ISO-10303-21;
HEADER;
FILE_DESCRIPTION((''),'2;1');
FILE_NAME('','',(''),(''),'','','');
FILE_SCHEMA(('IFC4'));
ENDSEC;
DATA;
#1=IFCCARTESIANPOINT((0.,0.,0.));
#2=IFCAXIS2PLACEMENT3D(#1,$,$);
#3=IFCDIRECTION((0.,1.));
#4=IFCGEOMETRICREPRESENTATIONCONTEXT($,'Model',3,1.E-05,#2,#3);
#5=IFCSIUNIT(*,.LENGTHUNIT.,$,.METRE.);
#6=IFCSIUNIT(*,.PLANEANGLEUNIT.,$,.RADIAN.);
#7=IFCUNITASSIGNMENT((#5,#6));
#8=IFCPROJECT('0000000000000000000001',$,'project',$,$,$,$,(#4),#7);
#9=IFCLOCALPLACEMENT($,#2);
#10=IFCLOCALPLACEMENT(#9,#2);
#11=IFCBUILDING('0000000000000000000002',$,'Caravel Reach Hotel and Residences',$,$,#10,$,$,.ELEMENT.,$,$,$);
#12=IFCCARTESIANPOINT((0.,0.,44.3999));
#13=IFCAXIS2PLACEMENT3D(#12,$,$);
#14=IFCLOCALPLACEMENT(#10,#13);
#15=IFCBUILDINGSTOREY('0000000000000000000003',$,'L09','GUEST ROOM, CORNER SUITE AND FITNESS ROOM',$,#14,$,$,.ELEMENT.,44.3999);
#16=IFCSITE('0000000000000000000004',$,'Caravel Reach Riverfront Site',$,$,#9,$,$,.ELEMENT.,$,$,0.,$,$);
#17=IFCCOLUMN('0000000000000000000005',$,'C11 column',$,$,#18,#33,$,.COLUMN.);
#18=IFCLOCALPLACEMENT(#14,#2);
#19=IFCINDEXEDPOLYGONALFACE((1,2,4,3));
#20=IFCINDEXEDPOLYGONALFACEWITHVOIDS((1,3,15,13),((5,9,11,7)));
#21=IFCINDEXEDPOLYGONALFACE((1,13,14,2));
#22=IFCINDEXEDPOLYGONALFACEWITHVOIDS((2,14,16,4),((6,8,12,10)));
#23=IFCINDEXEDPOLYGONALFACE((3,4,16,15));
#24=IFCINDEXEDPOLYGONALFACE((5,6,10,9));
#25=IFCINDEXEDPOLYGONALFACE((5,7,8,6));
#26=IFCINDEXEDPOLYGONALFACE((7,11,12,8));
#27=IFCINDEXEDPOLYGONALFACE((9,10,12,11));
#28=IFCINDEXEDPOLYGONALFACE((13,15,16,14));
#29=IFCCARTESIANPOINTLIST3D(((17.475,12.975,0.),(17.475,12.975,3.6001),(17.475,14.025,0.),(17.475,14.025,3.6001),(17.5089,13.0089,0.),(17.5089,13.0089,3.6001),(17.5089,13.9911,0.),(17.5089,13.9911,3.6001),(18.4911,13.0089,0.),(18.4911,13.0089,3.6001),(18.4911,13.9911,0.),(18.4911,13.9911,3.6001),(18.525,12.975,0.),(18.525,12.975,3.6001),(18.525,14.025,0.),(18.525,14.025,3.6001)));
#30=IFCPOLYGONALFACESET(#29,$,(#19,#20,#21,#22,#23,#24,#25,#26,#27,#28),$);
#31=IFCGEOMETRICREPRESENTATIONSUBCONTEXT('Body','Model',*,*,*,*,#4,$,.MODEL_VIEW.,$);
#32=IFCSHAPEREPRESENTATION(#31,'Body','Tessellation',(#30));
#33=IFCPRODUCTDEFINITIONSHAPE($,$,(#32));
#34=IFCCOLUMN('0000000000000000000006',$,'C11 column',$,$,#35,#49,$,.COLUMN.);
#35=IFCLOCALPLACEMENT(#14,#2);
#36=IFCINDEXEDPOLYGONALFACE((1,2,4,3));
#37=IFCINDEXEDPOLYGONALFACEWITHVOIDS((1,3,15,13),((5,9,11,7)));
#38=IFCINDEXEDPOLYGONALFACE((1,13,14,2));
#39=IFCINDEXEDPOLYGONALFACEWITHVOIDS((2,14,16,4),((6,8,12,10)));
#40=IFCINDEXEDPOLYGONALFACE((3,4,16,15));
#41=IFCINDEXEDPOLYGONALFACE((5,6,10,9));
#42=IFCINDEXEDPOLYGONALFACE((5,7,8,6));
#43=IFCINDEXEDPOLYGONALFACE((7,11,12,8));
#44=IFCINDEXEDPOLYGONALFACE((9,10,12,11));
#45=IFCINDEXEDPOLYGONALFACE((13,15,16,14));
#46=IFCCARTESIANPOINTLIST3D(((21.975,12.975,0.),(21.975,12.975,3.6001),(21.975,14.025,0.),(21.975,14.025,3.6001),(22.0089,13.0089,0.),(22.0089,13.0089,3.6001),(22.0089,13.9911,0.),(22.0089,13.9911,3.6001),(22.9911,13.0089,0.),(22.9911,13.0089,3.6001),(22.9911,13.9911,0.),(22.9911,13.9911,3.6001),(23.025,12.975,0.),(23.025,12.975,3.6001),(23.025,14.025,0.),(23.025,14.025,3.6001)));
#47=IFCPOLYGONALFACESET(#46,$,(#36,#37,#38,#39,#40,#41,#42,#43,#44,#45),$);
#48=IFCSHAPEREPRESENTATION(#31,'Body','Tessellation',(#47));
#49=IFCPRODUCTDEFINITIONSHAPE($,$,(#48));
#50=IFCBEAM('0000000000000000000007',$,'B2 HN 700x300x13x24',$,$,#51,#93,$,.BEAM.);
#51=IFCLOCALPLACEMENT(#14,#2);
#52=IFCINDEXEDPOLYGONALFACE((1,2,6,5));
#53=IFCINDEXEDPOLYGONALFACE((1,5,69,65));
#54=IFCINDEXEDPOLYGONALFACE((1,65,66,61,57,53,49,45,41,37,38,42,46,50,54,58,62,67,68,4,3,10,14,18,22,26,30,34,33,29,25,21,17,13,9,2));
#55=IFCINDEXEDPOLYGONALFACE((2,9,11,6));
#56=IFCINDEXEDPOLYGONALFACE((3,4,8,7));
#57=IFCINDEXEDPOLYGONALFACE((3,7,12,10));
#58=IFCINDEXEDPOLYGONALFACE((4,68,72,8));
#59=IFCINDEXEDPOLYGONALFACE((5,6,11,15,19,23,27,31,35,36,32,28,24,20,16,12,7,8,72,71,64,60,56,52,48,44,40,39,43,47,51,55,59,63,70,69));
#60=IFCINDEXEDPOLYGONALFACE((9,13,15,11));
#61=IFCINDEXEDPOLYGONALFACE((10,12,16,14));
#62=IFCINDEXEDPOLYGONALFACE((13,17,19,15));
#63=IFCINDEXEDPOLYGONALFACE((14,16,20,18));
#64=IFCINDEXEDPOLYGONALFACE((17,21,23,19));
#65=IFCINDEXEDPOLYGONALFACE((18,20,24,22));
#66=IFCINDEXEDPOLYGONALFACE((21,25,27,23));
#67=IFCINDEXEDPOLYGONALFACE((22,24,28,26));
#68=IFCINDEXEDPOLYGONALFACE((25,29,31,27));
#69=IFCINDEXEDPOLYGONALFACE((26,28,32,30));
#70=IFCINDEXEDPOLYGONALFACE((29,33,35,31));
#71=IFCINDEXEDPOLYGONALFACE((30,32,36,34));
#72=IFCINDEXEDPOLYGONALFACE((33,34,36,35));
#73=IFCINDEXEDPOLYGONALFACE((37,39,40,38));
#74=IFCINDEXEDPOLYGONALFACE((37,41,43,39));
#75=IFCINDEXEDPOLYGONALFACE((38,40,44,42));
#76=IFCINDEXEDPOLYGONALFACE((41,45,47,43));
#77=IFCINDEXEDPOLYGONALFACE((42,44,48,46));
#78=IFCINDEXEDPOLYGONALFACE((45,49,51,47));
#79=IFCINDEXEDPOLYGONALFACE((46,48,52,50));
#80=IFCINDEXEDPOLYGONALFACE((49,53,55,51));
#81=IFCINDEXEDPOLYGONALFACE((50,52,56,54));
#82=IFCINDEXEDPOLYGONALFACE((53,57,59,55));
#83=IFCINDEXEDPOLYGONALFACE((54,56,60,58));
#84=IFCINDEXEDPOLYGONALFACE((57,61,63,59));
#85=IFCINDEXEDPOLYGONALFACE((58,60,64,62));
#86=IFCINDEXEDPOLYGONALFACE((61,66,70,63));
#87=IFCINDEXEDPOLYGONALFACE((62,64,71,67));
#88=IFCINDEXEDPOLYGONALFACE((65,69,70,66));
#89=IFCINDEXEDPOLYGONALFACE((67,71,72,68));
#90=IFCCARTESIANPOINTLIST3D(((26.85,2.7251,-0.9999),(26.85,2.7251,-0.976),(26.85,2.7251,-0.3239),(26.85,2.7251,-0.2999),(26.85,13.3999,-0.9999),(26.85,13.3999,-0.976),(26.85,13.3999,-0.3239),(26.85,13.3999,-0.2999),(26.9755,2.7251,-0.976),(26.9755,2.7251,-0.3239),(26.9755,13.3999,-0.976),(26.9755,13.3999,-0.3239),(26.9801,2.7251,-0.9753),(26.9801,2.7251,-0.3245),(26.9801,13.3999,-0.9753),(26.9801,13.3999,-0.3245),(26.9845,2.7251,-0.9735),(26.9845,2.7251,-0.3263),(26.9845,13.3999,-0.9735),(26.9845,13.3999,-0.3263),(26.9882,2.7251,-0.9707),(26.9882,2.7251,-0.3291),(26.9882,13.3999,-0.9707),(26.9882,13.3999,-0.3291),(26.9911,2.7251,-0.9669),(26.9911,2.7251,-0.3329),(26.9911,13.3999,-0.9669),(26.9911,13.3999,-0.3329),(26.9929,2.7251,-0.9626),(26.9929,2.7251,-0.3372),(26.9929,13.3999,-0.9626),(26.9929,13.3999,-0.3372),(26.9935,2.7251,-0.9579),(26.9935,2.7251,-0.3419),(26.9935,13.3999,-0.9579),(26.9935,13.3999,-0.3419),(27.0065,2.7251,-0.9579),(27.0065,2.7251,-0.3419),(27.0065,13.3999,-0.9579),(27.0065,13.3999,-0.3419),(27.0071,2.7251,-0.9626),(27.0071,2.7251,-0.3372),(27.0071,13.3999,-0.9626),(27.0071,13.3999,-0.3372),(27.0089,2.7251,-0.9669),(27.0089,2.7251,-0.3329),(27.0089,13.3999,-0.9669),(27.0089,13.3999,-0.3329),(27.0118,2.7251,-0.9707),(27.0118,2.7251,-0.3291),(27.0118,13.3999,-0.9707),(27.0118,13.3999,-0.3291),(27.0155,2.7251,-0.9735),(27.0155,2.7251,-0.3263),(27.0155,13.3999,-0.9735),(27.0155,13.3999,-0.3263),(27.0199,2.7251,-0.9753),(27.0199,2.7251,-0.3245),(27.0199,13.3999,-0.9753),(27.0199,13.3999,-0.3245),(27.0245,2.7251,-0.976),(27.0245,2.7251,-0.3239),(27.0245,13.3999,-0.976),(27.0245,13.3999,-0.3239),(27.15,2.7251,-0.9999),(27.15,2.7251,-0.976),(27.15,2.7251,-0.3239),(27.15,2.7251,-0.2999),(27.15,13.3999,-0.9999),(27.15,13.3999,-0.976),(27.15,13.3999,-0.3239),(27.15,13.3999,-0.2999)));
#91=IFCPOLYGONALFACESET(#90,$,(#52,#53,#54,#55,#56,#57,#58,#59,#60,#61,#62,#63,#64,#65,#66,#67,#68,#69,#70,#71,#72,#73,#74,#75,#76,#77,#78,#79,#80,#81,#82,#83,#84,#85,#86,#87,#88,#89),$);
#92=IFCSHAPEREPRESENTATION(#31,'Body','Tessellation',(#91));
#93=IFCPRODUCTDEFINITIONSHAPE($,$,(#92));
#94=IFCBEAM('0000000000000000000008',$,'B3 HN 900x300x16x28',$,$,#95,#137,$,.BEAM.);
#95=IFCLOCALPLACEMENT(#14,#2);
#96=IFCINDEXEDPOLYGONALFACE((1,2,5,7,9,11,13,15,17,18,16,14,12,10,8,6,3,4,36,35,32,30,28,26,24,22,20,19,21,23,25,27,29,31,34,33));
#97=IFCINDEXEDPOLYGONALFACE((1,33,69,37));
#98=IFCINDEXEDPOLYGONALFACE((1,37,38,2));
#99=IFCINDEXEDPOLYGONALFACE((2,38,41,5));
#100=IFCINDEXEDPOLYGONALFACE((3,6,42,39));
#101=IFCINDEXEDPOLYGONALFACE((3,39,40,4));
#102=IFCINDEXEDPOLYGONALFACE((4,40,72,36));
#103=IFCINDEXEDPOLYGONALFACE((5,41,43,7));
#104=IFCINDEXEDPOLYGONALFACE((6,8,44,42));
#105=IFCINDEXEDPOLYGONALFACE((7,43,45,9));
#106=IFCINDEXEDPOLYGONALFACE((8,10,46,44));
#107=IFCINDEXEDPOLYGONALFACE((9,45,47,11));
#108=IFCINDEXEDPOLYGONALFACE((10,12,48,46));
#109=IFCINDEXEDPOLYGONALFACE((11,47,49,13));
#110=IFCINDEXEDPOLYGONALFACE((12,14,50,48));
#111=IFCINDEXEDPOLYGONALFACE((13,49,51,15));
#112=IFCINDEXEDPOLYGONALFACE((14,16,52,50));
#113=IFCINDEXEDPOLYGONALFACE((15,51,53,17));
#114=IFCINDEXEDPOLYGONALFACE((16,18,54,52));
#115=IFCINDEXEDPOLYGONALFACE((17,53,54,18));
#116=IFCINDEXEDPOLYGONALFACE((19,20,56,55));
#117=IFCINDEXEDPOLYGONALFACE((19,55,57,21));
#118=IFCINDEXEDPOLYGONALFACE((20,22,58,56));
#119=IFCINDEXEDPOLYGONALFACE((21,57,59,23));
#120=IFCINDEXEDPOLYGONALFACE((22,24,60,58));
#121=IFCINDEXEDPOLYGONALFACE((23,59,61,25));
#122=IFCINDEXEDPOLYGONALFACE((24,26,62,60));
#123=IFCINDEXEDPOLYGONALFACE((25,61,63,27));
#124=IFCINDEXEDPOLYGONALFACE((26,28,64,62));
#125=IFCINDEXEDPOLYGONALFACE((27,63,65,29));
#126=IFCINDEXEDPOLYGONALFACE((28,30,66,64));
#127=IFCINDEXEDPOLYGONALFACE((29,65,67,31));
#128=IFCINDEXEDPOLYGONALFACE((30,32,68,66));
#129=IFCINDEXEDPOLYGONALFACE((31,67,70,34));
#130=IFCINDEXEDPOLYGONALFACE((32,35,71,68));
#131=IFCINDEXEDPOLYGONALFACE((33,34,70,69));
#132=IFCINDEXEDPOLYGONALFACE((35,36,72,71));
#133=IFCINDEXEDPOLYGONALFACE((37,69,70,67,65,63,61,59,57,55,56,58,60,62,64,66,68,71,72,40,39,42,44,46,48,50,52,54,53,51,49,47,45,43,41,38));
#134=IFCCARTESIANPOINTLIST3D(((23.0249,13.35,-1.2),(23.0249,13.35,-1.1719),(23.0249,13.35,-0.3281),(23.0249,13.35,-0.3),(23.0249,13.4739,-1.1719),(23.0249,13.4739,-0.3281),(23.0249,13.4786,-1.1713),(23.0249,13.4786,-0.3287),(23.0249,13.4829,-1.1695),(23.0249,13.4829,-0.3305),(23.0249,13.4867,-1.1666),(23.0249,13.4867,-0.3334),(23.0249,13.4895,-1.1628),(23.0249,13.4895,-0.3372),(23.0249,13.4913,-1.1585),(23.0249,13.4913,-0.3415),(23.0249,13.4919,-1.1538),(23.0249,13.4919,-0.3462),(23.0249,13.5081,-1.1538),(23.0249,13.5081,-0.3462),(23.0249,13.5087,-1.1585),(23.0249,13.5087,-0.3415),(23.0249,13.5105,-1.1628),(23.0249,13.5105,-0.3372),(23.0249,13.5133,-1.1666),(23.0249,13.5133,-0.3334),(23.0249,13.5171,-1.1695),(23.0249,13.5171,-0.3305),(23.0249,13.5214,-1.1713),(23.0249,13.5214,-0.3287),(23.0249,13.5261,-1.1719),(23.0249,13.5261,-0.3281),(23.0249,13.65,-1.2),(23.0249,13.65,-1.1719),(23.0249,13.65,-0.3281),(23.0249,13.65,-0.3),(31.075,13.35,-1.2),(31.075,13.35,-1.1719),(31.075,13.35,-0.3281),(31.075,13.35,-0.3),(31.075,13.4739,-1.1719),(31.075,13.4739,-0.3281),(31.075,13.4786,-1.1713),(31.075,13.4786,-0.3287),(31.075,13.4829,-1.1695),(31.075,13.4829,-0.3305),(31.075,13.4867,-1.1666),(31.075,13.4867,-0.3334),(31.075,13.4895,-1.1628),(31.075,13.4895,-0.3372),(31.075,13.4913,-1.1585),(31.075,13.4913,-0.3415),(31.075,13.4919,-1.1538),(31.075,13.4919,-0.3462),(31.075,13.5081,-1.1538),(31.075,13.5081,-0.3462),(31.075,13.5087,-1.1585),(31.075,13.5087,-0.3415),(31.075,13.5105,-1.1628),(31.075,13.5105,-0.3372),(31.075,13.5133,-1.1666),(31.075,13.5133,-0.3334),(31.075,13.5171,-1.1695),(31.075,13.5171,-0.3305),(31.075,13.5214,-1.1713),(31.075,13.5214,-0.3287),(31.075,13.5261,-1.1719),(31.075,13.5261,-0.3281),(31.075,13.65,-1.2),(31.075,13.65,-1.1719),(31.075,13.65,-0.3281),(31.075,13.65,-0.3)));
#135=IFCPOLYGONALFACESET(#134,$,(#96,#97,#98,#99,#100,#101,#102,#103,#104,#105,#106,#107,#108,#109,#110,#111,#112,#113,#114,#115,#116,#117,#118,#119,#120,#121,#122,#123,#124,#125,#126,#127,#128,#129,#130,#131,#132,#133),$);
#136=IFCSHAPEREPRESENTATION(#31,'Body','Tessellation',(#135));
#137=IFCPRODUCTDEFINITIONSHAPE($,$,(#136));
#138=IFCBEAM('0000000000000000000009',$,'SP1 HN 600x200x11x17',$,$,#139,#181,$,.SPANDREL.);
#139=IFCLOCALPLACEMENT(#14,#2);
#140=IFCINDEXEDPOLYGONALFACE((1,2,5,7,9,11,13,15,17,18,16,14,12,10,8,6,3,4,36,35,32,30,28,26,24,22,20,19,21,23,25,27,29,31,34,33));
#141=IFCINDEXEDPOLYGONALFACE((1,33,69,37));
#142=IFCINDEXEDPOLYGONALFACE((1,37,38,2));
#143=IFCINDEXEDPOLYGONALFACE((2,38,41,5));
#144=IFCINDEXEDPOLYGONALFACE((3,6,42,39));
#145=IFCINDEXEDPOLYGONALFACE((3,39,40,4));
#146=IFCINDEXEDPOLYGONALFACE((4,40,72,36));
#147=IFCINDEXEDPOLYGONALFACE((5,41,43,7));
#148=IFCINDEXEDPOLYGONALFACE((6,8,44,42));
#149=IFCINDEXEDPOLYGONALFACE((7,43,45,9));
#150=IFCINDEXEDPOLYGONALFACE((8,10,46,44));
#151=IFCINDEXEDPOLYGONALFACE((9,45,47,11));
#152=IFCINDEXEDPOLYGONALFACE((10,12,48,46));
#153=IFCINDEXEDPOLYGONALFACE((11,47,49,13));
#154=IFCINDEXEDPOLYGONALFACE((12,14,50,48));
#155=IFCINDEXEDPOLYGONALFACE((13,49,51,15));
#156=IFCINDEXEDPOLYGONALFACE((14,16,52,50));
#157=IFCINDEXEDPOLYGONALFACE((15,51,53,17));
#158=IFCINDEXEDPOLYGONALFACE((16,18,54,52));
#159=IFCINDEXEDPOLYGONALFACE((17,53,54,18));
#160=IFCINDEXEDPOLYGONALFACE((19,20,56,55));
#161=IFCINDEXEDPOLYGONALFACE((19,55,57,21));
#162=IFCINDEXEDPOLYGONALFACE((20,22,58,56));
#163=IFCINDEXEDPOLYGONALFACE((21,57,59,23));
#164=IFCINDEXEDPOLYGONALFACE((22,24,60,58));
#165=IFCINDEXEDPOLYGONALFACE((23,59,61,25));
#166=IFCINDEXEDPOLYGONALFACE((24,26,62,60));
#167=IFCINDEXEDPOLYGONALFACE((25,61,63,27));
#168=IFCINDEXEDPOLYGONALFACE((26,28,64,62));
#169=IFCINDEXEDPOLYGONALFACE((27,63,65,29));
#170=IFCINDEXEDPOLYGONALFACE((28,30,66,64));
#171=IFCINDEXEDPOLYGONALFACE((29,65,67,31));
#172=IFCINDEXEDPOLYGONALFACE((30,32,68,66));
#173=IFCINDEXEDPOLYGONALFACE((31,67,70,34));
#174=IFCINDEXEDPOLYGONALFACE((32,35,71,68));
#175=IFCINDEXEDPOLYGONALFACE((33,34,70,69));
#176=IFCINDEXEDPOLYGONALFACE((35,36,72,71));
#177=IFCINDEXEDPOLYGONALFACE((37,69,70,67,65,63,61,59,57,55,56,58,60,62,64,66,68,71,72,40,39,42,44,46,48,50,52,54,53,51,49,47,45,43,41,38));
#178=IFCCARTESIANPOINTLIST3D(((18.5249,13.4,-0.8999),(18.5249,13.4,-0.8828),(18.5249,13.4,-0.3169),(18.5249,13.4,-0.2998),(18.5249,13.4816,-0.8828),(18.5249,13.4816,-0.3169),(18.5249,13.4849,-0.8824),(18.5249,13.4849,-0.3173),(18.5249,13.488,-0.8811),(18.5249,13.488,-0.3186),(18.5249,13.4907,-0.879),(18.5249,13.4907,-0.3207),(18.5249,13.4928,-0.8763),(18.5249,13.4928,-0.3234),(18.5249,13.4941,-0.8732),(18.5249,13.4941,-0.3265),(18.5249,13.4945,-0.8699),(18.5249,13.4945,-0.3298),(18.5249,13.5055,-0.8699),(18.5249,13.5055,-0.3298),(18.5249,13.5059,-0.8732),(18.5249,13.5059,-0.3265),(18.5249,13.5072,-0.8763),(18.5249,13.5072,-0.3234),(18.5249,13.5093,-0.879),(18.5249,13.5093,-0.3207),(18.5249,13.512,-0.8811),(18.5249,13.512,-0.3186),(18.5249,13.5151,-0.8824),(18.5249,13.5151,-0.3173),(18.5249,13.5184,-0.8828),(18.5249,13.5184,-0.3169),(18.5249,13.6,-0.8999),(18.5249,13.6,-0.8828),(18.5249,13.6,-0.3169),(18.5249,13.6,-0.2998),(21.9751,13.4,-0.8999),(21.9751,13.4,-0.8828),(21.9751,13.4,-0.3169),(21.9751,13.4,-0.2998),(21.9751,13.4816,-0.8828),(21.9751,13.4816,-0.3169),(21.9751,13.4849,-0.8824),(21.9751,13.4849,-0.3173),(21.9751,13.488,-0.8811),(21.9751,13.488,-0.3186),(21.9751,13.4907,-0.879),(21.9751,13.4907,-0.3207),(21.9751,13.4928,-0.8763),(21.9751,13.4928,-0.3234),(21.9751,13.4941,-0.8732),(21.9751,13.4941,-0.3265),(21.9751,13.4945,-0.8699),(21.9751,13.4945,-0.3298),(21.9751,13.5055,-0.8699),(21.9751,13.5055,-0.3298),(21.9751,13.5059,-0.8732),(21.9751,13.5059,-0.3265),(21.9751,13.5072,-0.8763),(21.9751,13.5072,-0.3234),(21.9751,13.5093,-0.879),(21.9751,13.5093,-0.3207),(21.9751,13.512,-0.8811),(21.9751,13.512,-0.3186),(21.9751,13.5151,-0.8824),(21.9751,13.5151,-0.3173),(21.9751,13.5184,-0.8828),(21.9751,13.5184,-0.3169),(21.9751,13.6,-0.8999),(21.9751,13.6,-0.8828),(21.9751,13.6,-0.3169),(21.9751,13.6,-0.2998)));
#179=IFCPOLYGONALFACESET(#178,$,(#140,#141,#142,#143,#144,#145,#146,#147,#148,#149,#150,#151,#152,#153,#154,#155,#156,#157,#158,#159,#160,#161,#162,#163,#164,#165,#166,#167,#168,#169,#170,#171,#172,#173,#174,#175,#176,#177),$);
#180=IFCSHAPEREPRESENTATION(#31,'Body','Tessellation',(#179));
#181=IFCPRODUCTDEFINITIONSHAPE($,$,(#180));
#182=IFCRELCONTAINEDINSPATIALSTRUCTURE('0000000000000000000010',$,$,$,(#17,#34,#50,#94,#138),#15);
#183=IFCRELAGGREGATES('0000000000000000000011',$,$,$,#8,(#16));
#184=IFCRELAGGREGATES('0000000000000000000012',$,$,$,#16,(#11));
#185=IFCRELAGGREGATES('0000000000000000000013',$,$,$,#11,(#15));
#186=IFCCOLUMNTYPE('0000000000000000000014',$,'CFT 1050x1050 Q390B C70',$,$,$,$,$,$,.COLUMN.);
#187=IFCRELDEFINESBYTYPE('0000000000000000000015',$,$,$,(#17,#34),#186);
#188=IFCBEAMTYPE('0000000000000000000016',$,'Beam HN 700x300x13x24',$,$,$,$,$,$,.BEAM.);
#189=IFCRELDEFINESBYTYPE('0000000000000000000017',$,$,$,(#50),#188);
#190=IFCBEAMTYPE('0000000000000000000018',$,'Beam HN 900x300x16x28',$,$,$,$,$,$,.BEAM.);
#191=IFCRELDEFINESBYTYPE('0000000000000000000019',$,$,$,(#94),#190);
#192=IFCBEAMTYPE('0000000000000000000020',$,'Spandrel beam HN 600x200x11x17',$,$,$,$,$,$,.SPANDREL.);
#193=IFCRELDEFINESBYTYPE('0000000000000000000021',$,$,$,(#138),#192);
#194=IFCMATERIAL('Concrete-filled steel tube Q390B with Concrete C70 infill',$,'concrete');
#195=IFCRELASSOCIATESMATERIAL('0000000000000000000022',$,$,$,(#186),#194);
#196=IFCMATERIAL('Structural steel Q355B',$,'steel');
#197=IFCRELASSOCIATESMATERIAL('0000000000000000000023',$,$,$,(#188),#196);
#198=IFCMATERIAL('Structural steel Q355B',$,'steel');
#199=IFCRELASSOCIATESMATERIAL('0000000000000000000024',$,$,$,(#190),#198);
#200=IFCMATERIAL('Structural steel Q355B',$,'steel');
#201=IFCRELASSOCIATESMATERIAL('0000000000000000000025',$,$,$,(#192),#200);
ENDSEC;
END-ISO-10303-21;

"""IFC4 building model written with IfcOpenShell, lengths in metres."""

from ifc_helpers import new_model, si_unit, direction, frame, origin, origin_2d, place, context, subcontext, project, spatial, hollow_rectangle, i_section, extrude, material, material_profile, profile_set, type_object, element, save


model = new_model("IFC4")

# Units and contexts
model_context = context("Model", 3, precision=1e-05, world=origin(), true_north=direction((0.0, 1.0)))
body_context = subcontext(model_context, "Body", "Model", "MODEL_VIEW")
ifc_project = project(units=[si_unit("LENGTHUNIT", "METRE"), si_unit("PLANEANGLEUNIT", "RADIAN")], contexts=[model_context])

# Site, building, storey
site_placement = place(None, origin())
site = spatial("IfcSite", under=ifc_project, at=site_placement, Name="Caravel Reach Riverfront Site", CompositionType="ELEMENT", RefElevation=0.0)
building_placement = place(site_placement, origin())
building = spatial("IfcBuilding", under=site, at=building_placement, Name="Caravel Reach Hotel and Residences", CompositionType="ELEMENT")
storey_placement = place(building_placement, frame((0.0, 0.0, 44.3999)))
storey = spatial("IfcBuildingStorey", under=building, at=storey_placement, Name="L09", Description="GUEST ROOM, CORNER SUITE AND FITNESS ROOM", CompositionType="ELEMENT", Elevation=44.3999)

# Columns
ifc_material_1 = material(Name="Concrete-filled steel tube Q390B with Concrete C70 infill", Category="concrete")
ifc_material_profile_1 = material_profile(ifc_material_1, hollow_rectangle(XDim=1.05, YDim=1.05, WallThickness=0.0339, at=origin_2d()), Name="RHS 1050x1050x34")
ifc_profile_set_1 = profile_set([ifc_material_profile_1], Name="Concrete-filled steel tube Q390B with Concrete C70 infill")
column_type = type_object("IfcColumnType", Name="CFT 1050x1050 Q390B C70", PredefinedType="COLUMN", material=ifc_profile_set_1)
for number, where, z_axis, x_axis, name in (
    (1, (18.0, 13.5, 0.0), (0.0, 0.0, 1.0), (1.0, 0.0, 0.0), "C11 column"),
    (2, (22.5, 13.5, 0.0), (0.0, 0.0, 1.0), (1.0, 0.0, 0.0), "C11 column"),
):
    element("IfcColumn", number, at=place(storey_placement, frame(where, z_axis=z_axis, x_axis=x_axis)), inside=storey, type_object=column_type, Name=name, PredefinedType="COLUMN", context=body_context, shape_type="SweptSolid", body=[
        extrude(hollow_rectangle(XDim=1.05, YDim=1.05, WallThickness=0.0339, at=origin_2d()), origin(), (0.0, 0.0, 1.0), 3.6001),
    ])

# Beams
ifc_material_2 = material(Name="Structural steel Q355B", Category="steel")
ifc_material_profile_2 = material_profile(ifc_material_2, i_section(OverallWidth=0.3, OverallDepth=0.7, WebThickness=0.0129, FlangeThickness=0.0239, FilletRadius=0.0181, at=origin_2d()), Name="HN 700x300x13x24")
ifc_profile_set_2 = profile_set([ifc_material_profile_2], Name="Structural steel Q355B")
beam_type_1 = type_object("IfcBeamType", Name="Beam HN 700x300x13x24", PredefinedType="BEAM", material=ifc_profile_set_2)
beam_1_placement = place(storey_placement, frame((27.0, 13.3999, -0.6499), z_axis=(0.0, -1.0, 0.0), x_axis=(1.0, 0.0, 0.0)))
element("IfcBeam", 3, at=beam_1_placement, inside=storey, type_object=beam_type_1, Name="B2 HN 700x300x13x24", PredefinedType="BEAM", context=body_context, shape_type="SweptSolid", body=[
    extrude(i_section(OverallWidth=0.3, OverallDepth=0.7, WebThickness=0.0129, FlangeThickness=0.0239, FilletRadius=0.0181, at=origin_2d()), origin(), (0.0, 0.0, 1.0), 10.6748),
])
ifc_material_3 = material(Name="Structural steel Q355B", Category="steel")
ifc_material_profile_3 = material_profile(ifc_material_3, i_section(OverallWidth=0.3, OverallDepth=0.8999, WebThickness=0.0161, FlangeThickness=0.0281, FilletRadius=0.0181, at=origin_2d()), Name="HN 900x300x16x28")
ifc_profile_set_3 = profile_set([ifc_material_profile_3], Name="Structural steel Q355B")
beam_type_2 = type_object("IfcBeamType", Name="Beam HN 900x300x16x28", PredefinedType="BEAM", material=ifc_profile_set_3)
beam_2_placement = place(storey_placement, frame((23.0249, 13.5, -0.75), z_axis=(1.0, 0.0, 0.0), x_axis=(0.0, 1.0, 0.0)))
element("IfcBeam", 4, at=beam_2_placement, inside=storey, type_object=beam_type_2, Name="B3 HN 900x300x16x28", PredefinedType="BEAM", context=body_context, shape_type="SweptSolid", body=[
    extrude(i_section(OverallWidth=0.3, OverallDepth=0.8999, WebThickness=0.0161, FlangeThickness=0.0281, FilletRadius=0.0181, at=origin_2d()), origin(), (0.0, 0.0, 1.0), 8.05),
])
ifc_material_4 = material(Name="Structural steel Q355B", Category="steel")
ifc_material_profile_4 = material_profile(ifc_material_4, i_section(OverallWidth=0.2, OverallDepth=0.6001, WebThickness=0.011, FlangeThickness=0.0171, FilletRadius=0.0129, at=origin_2d()), Name="HN 600x200x11x17")
ifc_profile_set_4 = profile_set([ifc_material_profile_4], Name="Structural steel Q355B")
beam_type_3 = type_object("IfcBeamType", Name="Spandrel beam HN 600x200x11x17", PredefinedType="SPANDREL", material=ifc_profile_set_4)
beam_3_placement = place(storey_placement, frame((18.5249, 13.5, -0.5999), z_axis=(1.0, 0.0, 0.0), x_axis=(0.0, 1.0, 0.0)))
element("IfcBeam", 5, at=beam_3_placement, inside=storey, type_object=beam_type_3, Name="SP1 HN 600x200x11x17", PredefinedType="SPANDREL", context=body_context, shape_type="SweptSolid", body=[
    extrude(i_section(OverallWidth=0.2, OverallDepth=0.6001, WebThickness=0.011, FlangeThickness=0.0171, FilletRadius=0.0129, at=origin_2d()), origin(), (0.0, 0.0, 1.0), 3.4502),
])

save(model, "model.ifc")
